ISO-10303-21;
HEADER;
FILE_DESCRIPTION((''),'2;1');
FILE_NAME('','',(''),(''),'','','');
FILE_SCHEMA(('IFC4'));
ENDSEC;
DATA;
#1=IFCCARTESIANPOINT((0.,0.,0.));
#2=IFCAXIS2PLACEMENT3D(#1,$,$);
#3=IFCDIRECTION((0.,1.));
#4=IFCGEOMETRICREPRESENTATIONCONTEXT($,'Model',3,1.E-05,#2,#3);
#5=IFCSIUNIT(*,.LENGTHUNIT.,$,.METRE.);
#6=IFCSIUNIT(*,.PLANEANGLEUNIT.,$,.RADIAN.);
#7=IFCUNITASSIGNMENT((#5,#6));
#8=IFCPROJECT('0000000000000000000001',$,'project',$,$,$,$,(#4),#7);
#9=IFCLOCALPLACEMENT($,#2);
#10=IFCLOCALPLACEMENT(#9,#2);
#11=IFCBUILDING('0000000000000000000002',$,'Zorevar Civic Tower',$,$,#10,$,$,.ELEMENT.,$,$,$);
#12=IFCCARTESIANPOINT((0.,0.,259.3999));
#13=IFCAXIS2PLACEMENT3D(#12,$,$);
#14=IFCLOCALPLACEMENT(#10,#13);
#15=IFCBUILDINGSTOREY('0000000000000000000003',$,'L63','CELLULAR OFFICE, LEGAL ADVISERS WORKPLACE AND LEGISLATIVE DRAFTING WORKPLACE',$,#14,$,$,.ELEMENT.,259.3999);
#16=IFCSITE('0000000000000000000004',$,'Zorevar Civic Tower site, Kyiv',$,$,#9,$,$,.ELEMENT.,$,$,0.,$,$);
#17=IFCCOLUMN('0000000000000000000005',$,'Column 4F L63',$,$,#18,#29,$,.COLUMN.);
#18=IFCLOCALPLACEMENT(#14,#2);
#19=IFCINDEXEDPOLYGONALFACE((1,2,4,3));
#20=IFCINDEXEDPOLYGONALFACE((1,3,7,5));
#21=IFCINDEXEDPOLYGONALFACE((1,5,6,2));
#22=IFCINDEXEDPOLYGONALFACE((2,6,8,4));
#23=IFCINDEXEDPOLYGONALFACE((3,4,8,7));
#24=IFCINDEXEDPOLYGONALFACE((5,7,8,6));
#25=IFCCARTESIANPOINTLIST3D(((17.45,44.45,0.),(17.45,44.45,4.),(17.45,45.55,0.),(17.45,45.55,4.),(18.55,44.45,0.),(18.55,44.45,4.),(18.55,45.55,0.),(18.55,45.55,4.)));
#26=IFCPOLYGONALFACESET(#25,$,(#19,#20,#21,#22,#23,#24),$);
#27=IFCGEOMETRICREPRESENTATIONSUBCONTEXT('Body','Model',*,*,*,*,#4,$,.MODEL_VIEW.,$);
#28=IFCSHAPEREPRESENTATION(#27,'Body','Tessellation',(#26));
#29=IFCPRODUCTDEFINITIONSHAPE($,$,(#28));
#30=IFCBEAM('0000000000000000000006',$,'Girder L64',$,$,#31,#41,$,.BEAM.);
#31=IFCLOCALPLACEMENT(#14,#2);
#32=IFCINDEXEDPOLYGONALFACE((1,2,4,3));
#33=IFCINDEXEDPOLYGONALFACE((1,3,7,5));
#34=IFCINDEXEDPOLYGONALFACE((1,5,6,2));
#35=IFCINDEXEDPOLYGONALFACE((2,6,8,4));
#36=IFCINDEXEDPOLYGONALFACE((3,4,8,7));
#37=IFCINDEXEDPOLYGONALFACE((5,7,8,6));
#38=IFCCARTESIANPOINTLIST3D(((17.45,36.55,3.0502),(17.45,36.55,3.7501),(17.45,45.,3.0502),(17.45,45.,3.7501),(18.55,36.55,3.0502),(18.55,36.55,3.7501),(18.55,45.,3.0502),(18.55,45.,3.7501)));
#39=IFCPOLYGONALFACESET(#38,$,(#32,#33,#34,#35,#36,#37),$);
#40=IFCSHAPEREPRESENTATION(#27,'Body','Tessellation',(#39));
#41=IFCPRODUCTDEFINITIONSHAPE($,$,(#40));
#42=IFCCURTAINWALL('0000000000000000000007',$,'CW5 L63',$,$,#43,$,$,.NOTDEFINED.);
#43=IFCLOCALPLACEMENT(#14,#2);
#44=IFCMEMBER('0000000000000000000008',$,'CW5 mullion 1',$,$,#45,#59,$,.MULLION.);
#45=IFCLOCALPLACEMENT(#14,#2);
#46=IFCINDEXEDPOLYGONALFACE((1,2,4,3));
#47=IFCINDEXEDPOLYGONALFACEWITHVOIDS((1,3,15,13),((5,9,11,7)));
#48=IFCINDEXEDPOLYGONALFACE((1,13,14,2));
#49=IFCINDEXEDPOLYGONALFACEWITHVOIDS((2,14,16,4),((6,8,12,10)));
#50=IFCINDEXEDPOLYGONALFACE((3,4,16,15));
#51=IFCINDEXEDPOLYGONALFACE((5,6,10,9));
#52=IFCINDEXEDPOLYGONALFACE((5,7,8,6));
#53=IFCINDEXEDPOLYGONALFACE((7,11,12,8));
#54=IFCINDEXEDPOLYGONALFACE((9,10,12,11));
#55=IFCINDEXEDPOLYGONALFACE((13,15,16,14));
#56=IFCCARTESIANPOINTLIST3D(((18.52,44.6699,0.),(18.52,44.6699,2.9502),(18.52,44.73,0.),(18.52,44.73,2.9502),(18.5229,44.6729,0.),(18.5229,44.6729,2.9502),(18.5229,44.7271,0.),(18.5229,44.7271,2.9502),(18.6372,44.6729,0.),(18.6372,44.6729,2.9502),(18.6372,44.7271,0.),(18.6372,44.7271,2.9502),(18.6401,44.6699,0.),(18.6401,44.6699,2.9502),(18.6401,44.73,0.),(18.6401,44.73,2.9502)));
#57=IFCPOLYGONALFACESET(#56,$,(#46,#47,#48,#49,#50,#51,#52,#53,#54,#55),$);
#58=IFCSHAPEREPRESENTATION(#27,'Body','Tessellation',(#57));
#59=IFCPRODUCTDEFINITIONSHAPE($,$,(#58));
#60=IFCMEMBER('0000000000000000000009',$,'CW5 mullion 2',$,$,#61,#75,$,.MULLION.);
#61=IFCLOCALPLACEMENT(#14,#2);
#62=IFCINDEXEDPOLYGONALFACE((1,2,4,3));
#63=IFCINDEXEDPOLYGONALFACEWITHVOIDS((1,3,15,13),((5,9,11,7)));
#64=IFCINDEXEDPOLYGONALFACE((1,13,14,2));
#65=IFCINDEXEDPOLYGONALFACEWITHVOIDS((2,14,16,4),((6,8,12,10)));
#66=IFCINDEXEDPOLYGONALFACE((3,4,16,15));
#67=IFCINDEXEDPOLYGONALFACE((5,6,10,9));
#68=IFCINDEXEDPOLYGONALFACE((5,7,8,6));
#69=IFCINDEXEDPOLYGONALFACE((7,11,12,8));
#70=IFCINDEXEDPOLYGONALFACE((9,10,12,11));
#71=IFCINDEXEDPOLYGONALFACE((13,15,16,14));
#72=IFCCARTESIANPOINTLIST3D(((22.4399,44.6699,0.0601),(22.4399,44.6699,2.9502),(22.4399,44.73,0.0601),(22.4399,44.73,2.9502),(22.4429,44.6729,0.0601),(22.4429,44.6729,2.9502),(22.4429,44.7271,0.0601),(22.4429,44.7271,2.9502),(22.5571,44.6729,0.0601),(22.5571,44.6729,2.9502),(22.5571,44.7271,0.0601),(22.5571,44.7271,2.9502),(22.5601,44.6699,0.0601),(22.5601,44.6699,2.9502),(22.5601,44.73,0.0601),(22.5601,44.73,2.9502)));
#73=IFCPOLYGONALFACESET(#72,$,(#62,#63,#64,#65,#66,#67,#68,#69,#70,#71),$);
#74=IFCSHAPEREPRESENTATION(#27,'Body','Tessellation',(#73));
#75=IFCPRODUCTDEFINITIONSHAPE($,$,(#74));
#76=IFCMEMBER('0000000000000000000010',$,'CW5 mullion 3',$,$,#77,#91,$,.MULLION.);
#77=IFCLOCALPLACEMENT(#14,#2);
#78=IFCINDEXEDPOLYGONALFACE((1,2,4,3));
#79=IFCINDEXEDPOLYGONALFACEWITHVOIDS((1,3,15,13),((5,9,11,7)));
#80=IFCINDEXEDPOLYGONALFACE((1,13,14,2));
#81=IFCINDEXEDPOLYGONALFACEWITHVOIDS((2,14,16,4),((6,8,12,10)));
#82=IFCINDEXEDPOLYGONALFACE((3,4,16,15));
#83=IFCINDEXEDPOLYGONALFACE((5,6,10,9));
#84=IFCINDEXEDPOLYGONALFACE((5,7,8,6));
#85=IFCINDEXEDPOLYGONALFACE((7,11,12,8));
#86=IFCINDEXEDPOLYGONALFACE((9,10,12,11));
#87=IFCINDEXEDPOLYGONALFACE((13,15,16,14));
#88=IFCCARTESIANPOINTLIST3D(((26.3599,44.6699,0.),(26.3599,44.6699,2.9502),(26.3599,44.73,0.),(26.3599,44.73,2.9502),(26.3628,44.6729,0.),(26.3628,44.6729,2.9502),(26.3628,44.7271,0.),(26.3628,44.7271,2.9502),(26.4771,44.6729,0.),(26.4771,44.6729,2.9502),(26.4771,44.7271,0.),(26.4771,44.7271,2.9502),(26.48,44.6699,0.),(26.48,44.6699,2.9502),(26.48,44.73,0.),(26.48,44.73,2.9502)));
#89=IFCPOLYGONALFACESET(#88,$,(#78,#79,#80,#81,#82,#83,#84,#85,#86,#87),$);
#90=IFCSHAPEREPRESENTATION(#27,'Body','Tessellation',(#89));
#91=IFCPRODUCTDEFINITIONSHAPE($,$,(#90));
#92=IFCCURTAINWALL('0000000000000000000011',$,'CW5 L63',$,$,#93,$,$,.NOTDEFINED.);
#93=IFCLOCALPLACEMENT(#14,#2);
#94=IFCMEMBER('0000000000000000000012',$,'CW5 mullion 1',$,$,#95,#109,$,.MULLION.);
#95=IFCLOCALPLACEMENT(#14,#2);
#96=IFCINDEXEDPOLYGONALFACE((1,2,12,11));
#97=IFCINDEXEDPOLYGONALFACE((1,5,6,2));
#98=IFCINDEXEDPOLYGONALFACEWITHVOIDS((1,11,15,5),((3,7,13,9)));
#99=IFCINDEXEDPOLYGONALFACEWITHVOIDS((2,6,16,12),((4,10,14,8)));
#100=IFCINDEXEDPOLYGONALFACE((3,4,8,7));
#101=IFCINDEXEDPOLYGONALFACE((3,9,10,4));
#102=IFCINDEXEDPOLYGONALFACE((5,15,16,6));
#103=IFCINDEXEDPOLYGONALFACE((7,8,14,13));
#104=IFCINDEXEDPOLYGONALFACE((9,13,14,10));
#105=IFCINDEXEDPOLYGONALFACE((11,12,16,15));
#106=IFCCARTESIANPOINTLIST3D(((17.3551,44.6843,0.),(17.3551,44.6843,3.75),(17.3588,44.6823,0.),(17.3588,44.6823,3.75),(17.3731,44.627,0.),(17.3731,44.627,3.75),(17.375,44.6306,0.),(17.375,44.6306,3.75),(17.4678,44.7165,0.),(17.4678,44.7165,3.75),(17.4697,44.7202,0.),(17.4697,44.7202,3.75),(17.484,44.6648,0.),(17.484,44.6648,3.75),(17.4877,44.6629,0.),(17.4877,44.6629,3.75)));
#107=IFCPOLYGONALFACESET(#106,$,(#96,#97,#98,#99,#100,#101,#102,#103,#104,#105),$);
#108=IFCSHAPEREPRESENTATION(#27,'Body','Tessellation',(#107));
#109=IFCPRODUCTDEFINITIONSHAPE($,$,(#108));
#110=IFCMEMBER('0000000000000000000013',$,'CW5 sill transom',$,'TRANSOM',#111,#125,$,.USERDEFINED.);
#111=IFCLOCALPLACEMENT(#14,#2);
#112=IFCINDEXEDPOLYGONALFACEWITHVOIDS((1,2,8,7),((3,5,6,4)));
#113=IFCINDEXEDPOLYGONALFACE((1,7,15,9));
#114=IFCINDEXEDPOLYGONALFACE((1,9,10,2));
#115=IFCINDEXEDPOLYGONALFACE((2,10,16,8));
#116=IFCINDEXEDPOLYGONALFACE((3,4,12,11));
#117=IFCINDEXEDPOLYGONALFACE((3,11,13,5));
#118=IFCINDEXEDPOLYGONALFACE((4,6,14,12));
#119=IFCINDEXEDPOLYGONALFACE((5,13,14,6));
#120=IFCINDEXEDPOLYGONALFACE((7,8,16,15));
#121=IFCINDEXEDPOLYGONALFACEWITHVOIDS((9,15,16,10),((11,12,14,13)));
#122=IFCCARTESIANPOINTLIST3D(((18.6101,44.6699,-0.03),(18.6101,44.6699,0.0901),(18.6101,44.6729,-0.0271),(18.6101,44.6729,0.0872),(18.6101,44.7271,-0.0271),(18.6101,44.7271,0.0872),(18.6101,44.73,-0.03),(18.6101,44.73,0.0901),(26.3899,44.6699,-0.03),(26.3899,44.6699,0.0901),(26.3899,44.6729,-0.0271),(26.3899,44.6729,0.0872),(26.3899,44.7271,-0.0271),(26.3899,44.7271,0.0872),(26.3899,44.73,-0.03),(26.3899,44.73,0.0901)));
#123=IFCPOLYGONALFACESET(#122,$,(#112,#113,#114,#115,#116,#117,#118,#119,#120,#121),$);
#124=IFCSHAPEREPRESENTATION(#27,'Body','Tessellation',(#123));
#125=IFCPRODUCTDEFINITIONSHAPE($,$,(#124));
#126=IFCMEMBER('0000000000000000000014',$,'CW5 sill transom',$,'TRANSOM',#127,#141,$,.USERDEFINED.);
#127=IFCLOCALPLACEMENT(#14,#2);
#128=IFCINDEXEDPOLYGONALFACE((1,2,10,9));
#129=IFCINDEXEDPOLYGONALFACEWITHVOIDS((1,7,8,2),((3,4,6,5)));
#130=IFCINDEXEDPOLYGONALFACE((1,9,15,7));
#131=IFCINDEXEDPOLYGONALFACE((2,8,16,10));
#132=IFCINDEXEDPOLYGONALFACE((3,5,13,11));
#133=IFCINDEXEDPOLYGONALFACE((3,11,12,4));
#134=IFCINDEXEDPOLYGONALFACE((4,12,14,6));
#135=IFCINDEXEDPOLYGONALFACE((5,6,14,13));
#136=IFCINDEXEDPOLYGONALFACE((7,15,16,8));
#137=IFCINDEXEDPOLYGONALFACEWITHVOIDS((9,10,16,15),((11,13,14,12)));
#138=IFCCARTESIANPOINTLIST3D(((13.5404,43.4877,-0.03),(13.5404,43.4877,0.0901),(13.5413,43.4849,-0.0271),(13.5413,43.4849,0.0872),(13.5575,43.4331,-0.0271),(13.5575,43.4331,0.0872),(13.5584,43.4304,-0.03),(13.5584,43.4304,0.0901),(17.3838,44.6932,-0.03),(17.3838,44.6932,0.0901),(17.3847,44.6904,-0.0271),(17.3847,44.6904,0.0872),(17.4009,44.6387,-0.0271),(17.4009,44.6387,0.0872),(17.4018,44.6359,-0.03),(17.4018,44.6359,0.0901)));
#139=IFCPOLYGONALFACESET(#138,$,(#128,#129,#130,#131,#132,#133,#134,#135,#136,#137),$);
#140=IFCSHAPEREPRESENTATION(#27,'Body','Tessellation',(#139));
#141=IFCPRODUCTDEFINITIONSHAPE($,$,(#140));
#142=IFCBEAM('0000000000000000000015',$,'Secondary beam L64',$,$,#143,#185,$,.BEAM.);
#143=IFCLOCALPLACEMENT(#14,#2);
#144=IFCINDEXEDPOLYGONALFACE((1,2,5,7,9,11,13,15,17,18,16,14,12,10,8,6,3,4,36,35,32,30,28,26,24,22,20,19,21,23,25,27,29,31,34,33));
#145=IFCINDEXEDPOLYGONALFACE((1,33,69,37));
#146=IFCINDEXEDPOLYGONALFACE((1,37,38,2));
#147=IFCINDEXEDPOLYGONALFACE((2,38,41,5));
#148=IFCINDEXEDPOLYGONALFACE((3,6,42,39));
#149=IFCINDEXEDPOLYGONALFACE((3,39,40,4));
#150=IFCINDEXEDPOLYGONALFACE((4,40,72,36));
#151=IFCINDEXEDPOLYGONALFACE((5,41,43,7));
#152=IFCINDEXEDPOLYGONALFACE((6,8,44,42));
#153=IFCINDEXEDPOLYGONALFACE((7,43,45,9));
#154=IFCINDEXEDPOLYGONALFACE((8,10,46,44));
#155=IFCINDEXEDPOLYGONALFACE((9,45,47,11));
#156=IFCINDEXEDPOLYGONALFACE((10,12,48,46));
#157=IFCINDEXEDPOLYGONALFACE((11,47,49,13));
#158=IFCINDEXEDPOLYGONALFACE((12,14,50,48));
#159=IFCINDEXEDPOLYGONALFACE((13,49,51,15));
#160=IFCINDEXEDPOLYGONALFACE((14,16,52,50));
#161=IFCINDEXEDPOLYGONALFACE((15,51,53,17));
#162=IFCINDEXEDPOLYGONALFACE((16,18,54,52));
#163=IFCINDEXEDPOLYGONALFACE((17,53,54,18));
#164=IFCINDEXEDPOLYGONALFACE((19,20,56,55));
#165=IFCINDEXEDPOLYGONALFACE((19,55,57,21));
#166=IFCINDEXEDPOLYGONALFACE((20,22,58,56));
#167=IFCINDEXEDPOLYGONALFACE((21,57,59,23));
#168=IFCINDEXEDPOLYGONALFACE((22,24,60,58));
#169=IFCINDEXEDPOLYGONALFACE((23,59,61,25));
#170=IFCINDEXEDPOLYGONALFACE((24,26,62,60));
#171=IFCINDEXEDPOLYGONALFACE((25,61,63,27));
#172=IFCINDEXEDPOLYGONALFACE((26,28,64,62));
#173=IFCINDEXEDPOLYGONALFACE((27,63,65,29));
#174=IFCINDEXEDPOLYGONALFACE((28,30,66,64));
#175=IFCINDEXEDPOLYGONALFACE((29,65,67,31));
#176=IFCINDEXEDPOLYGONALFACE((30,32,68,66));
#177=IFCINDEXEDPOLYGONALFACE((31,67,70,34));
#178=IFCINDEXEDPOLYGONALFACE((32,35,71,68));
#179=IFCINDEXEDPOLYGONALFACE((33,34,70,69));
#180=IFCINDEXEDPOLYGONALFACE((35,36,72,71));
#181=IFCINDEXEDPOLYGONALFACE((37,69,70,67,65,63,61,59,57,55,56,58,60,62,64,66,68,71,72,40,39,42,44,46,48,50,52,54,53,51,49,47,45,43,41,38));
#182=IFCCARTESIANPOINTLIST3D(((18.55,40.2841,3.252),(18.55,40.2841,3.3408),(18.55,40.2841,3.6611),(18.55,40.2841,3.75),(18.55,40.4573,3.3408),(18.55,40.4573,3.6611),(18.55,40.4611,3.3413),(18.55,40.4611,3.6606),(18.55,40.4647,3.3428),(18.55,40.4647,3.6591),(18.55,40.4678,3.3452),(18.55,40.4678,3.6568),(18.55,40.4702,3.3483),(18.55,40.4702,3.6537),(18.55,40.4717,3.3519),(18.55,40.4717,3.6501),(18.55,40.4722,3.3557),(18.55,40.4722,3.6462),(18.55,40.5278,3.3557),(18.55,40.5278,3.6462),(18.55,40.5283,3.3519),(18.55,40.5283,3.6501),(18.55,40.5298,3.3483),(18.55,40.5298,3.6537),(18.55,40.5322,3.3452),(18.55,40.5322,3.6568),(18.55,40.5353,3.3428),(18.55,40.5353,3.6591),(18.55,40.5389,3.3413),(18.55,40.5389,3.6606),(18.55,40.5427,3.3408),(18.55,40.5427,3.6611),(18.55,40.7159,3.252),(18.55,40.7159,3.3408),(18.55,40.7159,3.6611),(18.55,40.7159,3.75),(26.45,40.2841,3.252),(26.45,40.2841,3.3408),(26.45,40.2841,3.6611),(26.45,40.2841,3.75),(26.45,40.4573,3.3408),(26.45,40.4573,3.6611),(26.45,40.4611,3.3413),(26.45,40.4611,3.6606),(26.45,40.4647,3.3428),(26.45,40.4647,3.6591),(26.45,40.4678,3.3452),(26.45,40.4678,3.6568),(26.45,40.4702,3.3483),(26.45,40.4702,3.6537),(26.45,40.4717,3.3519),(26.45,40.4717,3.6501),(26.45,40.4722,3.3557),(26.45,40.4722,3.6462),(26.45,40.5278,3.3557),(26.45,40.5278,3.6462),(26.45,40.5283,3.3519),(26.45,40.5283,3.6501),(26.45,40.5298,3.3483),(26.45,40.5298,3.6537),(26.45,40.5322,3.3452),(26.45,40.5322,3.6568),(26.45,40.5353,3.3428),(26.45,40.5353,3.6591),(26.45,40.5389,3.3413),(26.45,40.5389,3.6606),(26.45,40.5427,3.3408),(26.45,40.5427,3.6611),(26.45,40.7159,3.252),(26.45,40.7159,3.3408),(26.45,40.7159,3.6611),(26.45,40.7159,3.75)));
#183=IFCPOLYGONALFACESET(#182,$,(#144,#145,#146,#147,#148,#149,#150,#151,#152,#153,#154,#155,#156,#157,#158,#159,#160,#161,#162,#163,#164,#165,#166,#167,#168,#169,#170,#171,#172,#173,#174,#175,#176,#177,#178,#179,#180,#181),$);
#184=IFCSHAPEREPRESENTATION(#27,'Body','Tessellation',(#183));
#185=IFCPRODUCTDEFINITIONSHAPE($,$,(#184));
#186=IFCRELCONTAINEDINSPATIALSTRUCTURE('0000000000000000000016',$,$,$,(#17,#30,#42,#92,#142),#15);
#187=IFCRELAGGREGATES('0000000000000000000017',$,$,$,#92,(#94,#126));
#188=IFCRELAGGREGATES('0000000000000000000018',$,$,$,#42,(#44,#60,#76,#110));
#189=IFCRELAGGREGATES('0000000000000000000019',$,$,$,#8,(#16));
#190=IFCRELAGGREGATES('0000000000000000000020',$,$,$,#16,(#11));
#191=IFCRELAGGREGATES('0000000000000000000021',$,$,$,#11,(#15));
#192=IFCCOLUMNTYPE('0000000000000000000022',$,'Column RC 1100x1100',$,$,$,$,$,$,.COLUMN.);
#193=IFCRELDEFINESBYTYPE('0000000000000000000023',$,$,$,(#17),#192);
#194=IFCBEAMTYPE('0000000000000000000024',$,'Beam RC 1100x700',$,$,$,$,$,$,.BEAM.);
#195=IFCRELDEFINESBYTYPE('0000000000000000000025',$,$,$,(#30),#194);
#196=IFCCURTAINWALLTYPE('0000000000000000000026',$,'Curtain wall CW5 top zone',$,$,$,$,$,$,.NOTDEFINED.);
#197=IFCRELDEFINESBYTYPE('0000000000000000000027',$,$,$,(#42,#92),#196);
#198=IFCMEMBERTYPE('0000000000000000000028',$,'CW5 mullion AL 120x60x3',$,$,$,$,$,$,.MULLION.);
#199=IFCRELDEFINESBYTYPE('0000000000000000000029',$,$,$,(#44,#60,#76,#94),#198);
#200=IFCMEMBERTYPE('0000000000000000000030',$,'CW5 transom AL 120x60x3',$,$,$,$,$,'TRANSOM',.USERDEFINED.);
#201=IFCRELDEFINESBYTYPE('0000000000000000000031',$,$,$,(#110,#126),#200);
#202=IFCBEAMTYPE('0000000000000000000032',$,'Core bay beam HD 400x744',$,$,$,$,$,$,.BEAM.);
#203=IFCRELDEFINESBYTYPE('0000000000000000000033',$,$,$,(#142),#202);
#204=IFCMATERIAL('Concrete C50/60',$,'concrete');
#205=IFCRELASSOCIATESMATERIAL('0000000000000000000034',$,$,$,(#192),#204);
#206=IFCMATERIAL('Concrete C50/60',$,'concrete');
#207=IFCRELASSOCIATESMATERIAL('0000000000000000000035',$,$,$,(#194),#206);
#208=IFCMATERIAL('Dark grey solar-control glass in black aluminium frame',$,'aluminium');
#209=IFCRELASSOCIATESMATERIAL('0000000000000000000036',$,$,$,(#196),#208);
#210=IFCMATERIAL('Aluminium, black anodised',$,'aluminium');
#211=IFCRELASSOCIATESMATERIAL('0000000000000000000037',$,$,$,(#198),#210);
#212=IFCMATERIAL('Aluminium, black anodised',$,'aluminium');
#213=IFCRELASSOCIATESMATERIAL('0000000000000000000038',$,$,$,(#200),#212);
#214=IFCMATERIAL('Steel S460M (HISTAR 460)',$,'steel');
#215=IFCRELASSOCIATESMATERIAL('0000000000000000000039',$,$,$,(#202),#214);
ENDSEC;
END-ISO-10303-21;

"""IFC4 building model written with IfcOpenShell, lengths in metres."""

from ifc_helpers import new_model, si_unit, direction, frame, origin, origin_2d, place, context, subcontext, project, spatial, rectangle, hollow_rectangle, i_section, extrude, material, material_profile, profile_set, type_object, element, aggregate, save


model = new_model("IFC4")

# Units and contexts
model_context = context("Model", 3, precision=1e-05, world=origin(), true_north=direction((0.0, 1.0)))
body_context = subcontext(model_context, "Body", "Model", "MODEL_VIEW")
ifc_project = project(units=[si_unit("LENGTHUNIT", "METRE"), si_unit("PLANEANGLEUNIT", "RADIAN")], contexts=[model_context])

# Site, building, storey
site_placement = place(None, origin())
site = spatial("IfcSite", under=ifc_project, at=site_placement, Name="Zorevar Civic Tower site, Kyiv", CompositionType="ELEMENT", RefElevation=0.0)
building_placement = place(site_placement, origin())
building = spatial("IfcBuilding", under=site, at=building_placement, Name="Zorevar Civic Tower", CompositionType="ELEMENT")
storey_placement = place(building_placement, frame((0.0, 0.0, 259.3999)))
storey = spatial("IfcBuildingStorey", under=building, at=storey_placement, Name="L63", Description="CELLULAR OFFICE, LEGAL ADVISERS WORKPLACE AND LEGISLATIVE DRAFTING WORKPLACE", CompositionType="ELEMENT", Elevation=259.3999)

# Column
ifc_material_1 = material(Name="Concrete C50/60", Category="concrete")
ifc_material_profile_1 = material_profile(ifc_material_1, rectangle(XDim=1.1001, YDim=1.1001, at=origin_2d()), Name="RC 1100x1100")
ifc_profile_set_1 = profile_set([ifc_material_profile_1], Name="Concrete C50/60")
column_type = type_object("IfcColumnType", Name="Column RC 1100x1100", PredefinedType="COLUMN", material=ifc_profile_set_1)
column_placement = place(storey_placement, frame((18.0, 45.0, 0.0), z_axis=(0.0, 0.0, 1.0), x_axis=(1.0, 0.0, 0.0)))
element("IfcColumn", 1, at=column_placement, inside=storey, type_object=column_type, Name="Column 4F L63", PredefinedType="COLUMN", context=body_context, shape_type="SweptSolid", body=[
    extrude(rectangle(XDim=1.1001, YDim=1.1001, at=origin_2d()), origin(), (0.0, 0.0, 1.0), 4.0),
])

# Beam
ifc_material_2 = material(Name="Concrete C50/60", Category="concrete")
ifc_material_profile_2 = material_profile(ifc_material_2, rectangle(XDim=1.1001, YDim=0.7, at=origin_2d()), Name="RC 1100x700")
ifc_profile_set_2 = profile_set([ifc_material_profile_2], Name="Concrete C50/60")
beam_type_1 = type_object("IfcBeamType", Name="Beam RC 1100x700", PredefinedType="BEAM", material=ifc_profile_set_2)
beam_1_placement = place(storey_placement, frame((18.0, 36.55, 3.4001), z_axis=(0.0, 1.0, 0.0), x_axis=(-1.0, 0.0, 0.0)))
element("IfcBeam", 2, at=beam_1_placement, inside=storey, type_object=beam_type_1, Name="Girder L64", PredefinedType="BEAM", context=body_context, shape_type="SweptSolid", body=[
    extrude(rectangle(XDim=1.1001, YDim=0.7, at=origin_2d()), origin(), (0.0, 0.0, 1.0), 8.45),
])

# Curtain wall, members
ifc_material_3 = material(Name="Dark grey solar-control glass in black aluminium frame", Category="aluminium")
curtain_wall_type = type_object("IfcCurtainWallType", Name="Curtain wall CW5 top zone", PredefinedType="NOTDEFINED", material=ifc_material_3)
curtain_wall_1_placement = place(storey_placement, origin())
curtain_wall_1 = element("IfcCurtainWall", 3, at=curtain_wall_1_placement, inside=storey, type_object=curtain_wall_type, Name="CW5 L63", PredefinedType="NOTDEFINED")
ifc_material_4 = material(Name="Aluminium, black anodised", Category="aluminium")
ifc_material_profile_3 = material_profile(ifc_material_4, hollow_rectangle(XDim=0.0601, YDim=0.1201, WallThickness=0.0029, at=origin_2d()), Name="AL 120x60x3")
ifc_profile_set_3 = profile_set([ifc_material_profile_3], Name="Aluminium, black anodised")
member_type_1 = type_object("IfcMemberType", Name="CW5 mullion AL 120x60x3", PredefinedType="MULLION", material=ifc_profile_set_3)
member_1_placement = place(storey_placement, frame((18.5801, 44.7, 0.0), z_axis=(0.0, 0.0, 1.0), x_axis=(0.0, 1.0, 0.0)))
member_1 = element("IfcMember", 4, at=member_1_placement, type_object=member_type_1, Name="CW5 mullion 1", PredefinedType="MULLION", context=body_context, shape_type="SweptSolid", body=[
    extrude(hollow_rectangle(XDim=0.0601, YDim=0.1201, WallThickness=0.0029, at=origin_2d()), origin(), (0.0, 0.0, 1.0), 2.9502),
])
member_2_placement = place(storey_placement, frame((22.5, 44.7, 0.0601), z_axis=(0.0, 0.0, 1.0), x_axis=(0.0, 1.0, 0.0)))
member_2 = element("IfcMember", 5, at=member_2_placement, type_object=member_type_1, Name="CW5 mullion 2", PredefinedType="MULLION", context=body_context, shape_type="SweptSolid", body=[
    extrude(hollow_rectangle(XDim=0.0601, YDim=0.1201, WallThickness=0.0029, at=origin_2d()), origin(), (0.0, 0.0, 1.0), 2.8901),
])
member_3_placement = place(storey_placement, frame((26.4199, 44.7, 0.0), z_axis=(0.0, 0.0, 1.0), x_axis=(0.0, 1.0, 0.0)))
member_3 = element("IfcMember", 6, at=member_3_placement, type_object=member_type_1, Name="CW5 mullion 3", PredefinedType="MULLION", context=body_context, shape_type="SweptSolid", body=[
    extrude(hollow_rectangle(XDim=0.0601, YDim=0.1201, WallThickness=0.0029, at=origin_2d()), origin(), (0.0, 0.0, 1.0), 2.9502),
])

# Curtain wall, member
curtain_wall_2_placement = place(storey_placement, origin())
curtain_wall_2 = element("IfcCurtainWall", 7, at=curtain_wall_2_placement, inside=storey, type_object=curtain_wall_type, Name="CW5 L63", PredefinedType="NOTDEFINED")
member_4_placement = place(storey_placement, frame((17.4214, 44.6736, 0.0), z_axis=(0.0, 0.0, 1.0), x_axis=(0.299318, -0.954153, 0.0)))
member_4 = element("IfcMember", 8, at=member_4_placement, type_object=member_type_1, Name="CW5 mullion 1", PredefinedType="MULLION", context=body_context, shape_type="SweptSolid", body=[
    extrude(hollow_rectangle(XDim=0.0601, YDim=0.1201, WallThickness=0.0029, at=origin_2d()), origin(), (0.0, 0.0, 1.0), 3.75),
])

# Members
ifc_material_5 = material(Name="Aluminium, black anodised", Category="aluminium")
ifc_material_profile_4 = material_profile(ifc_material_5, hollow_rectangle(XDim=0.0601, YDim=0.1201, WallThickness=0.0029, at=origin_2d()), Name="AL 120x60x3")
ifc_profile_set_4 = profile_set([ifc_material_profile_4], Name="Aluminium, black anodised")
member_type_2 = type_object("IfcMemberType", Name="CW5 transom AL 120x60x3", ElementType="TRANSOM", PredefinedType="USERDEFINED", material=ifc_profile_set_4)
member_5_placement = place(storey_placement, frame((18.6101, 44.7, 0.03), z_axis=(1.0, 0.0, 0.0), x_axis=(0.0, 1.0, 0.0)))
member_5 = element("IfcMember", 9, at=member_5_placement, type_object=member_type_2, Name="CW5 sill transom", ObjectType="TRANSOM", PredefinedType="USERDEFINED", context=body_context, shape_type="SweptSolid", body=[
    extrude(hollow_rectangle(XDim=0.0601, YDim=0.1201, WallThickness=0.0029, at=origin_2d()), origin(), (0.0, 0.0, 1.0), 7.7798),
])
member_6_placement = place(storey_placement, frame((17.3928, 44.6646, 0.03), z_axis=(-0.954163, -0.299286, 0.0), x_axis=(0.299286, -0.954163, 0.0)))
member_6 = element("IfcMember", 10, at=member_6_placement, type_object=member_type_2, Name="CW5 sill transom", ObjectType="TRANSOM", PredefinedType="USERDEFINED", context=body_context, shape_type="SweptSolid", body=[
    extrude(hollow_rectangle(XDim=0.0601, YDim=0.1201, WallThickness=0.0029, at=origin_2d()), origin(), (0.0, 0.0, 1.0), 4.0281),
])
aggregate(curtain_wall_2, [member_4, member_6])

# Beam
ifc_material_6 = material(Name="Steel S460M (HISTAR 460)", Category="steel")
ifc_material_profile_5 = material_profile(ifc_material_6, i_section(OverallWidth=0.4319, OverallDepth=0.498, WebThickness=0.0557, FlangeThickness=0.0889, FilletRadius=0.0149, at=origin_2d()), Name="HD 400x744")
ifc_profile_set_5 = profile_set([ifc_material_profile_5], Name="Steel S460M (HISTAR 460)")
beam_type_2 = type_object("IfcBeamType", Name="Core bay beam HD 400x744", PredefinedType="BEAM", material=ifc_profile_set_5)
beam_2_placement = place(storey_placement, frame((18.55, 40.5, 3.501), z_axis=(1.0, 0.0, 0.0), x_axis=(0.0, 1.0, 0.0)))
element("IfcBeam", 11, at=beam_2_placement, inside=storey, type_object=beam_type_2, Name="Secondary beam L64", PredefinedType="BEAM", context=body_context, shape_type="SweptSolid", body=[
    extrude(i_section(OverallWidth=0.4319, OverallDepth=0.498, WebThickness=0.0557, FlangeThickness=0.0889, FilletRadius=0.0149, at=origin_2d()), origin(), (0.0, 0.0, 1.0), 7.8999),
])

aggregate(curtain_wall_1, [member_1, member_2, member_3, member_5])

save(model, "model.ifc")
